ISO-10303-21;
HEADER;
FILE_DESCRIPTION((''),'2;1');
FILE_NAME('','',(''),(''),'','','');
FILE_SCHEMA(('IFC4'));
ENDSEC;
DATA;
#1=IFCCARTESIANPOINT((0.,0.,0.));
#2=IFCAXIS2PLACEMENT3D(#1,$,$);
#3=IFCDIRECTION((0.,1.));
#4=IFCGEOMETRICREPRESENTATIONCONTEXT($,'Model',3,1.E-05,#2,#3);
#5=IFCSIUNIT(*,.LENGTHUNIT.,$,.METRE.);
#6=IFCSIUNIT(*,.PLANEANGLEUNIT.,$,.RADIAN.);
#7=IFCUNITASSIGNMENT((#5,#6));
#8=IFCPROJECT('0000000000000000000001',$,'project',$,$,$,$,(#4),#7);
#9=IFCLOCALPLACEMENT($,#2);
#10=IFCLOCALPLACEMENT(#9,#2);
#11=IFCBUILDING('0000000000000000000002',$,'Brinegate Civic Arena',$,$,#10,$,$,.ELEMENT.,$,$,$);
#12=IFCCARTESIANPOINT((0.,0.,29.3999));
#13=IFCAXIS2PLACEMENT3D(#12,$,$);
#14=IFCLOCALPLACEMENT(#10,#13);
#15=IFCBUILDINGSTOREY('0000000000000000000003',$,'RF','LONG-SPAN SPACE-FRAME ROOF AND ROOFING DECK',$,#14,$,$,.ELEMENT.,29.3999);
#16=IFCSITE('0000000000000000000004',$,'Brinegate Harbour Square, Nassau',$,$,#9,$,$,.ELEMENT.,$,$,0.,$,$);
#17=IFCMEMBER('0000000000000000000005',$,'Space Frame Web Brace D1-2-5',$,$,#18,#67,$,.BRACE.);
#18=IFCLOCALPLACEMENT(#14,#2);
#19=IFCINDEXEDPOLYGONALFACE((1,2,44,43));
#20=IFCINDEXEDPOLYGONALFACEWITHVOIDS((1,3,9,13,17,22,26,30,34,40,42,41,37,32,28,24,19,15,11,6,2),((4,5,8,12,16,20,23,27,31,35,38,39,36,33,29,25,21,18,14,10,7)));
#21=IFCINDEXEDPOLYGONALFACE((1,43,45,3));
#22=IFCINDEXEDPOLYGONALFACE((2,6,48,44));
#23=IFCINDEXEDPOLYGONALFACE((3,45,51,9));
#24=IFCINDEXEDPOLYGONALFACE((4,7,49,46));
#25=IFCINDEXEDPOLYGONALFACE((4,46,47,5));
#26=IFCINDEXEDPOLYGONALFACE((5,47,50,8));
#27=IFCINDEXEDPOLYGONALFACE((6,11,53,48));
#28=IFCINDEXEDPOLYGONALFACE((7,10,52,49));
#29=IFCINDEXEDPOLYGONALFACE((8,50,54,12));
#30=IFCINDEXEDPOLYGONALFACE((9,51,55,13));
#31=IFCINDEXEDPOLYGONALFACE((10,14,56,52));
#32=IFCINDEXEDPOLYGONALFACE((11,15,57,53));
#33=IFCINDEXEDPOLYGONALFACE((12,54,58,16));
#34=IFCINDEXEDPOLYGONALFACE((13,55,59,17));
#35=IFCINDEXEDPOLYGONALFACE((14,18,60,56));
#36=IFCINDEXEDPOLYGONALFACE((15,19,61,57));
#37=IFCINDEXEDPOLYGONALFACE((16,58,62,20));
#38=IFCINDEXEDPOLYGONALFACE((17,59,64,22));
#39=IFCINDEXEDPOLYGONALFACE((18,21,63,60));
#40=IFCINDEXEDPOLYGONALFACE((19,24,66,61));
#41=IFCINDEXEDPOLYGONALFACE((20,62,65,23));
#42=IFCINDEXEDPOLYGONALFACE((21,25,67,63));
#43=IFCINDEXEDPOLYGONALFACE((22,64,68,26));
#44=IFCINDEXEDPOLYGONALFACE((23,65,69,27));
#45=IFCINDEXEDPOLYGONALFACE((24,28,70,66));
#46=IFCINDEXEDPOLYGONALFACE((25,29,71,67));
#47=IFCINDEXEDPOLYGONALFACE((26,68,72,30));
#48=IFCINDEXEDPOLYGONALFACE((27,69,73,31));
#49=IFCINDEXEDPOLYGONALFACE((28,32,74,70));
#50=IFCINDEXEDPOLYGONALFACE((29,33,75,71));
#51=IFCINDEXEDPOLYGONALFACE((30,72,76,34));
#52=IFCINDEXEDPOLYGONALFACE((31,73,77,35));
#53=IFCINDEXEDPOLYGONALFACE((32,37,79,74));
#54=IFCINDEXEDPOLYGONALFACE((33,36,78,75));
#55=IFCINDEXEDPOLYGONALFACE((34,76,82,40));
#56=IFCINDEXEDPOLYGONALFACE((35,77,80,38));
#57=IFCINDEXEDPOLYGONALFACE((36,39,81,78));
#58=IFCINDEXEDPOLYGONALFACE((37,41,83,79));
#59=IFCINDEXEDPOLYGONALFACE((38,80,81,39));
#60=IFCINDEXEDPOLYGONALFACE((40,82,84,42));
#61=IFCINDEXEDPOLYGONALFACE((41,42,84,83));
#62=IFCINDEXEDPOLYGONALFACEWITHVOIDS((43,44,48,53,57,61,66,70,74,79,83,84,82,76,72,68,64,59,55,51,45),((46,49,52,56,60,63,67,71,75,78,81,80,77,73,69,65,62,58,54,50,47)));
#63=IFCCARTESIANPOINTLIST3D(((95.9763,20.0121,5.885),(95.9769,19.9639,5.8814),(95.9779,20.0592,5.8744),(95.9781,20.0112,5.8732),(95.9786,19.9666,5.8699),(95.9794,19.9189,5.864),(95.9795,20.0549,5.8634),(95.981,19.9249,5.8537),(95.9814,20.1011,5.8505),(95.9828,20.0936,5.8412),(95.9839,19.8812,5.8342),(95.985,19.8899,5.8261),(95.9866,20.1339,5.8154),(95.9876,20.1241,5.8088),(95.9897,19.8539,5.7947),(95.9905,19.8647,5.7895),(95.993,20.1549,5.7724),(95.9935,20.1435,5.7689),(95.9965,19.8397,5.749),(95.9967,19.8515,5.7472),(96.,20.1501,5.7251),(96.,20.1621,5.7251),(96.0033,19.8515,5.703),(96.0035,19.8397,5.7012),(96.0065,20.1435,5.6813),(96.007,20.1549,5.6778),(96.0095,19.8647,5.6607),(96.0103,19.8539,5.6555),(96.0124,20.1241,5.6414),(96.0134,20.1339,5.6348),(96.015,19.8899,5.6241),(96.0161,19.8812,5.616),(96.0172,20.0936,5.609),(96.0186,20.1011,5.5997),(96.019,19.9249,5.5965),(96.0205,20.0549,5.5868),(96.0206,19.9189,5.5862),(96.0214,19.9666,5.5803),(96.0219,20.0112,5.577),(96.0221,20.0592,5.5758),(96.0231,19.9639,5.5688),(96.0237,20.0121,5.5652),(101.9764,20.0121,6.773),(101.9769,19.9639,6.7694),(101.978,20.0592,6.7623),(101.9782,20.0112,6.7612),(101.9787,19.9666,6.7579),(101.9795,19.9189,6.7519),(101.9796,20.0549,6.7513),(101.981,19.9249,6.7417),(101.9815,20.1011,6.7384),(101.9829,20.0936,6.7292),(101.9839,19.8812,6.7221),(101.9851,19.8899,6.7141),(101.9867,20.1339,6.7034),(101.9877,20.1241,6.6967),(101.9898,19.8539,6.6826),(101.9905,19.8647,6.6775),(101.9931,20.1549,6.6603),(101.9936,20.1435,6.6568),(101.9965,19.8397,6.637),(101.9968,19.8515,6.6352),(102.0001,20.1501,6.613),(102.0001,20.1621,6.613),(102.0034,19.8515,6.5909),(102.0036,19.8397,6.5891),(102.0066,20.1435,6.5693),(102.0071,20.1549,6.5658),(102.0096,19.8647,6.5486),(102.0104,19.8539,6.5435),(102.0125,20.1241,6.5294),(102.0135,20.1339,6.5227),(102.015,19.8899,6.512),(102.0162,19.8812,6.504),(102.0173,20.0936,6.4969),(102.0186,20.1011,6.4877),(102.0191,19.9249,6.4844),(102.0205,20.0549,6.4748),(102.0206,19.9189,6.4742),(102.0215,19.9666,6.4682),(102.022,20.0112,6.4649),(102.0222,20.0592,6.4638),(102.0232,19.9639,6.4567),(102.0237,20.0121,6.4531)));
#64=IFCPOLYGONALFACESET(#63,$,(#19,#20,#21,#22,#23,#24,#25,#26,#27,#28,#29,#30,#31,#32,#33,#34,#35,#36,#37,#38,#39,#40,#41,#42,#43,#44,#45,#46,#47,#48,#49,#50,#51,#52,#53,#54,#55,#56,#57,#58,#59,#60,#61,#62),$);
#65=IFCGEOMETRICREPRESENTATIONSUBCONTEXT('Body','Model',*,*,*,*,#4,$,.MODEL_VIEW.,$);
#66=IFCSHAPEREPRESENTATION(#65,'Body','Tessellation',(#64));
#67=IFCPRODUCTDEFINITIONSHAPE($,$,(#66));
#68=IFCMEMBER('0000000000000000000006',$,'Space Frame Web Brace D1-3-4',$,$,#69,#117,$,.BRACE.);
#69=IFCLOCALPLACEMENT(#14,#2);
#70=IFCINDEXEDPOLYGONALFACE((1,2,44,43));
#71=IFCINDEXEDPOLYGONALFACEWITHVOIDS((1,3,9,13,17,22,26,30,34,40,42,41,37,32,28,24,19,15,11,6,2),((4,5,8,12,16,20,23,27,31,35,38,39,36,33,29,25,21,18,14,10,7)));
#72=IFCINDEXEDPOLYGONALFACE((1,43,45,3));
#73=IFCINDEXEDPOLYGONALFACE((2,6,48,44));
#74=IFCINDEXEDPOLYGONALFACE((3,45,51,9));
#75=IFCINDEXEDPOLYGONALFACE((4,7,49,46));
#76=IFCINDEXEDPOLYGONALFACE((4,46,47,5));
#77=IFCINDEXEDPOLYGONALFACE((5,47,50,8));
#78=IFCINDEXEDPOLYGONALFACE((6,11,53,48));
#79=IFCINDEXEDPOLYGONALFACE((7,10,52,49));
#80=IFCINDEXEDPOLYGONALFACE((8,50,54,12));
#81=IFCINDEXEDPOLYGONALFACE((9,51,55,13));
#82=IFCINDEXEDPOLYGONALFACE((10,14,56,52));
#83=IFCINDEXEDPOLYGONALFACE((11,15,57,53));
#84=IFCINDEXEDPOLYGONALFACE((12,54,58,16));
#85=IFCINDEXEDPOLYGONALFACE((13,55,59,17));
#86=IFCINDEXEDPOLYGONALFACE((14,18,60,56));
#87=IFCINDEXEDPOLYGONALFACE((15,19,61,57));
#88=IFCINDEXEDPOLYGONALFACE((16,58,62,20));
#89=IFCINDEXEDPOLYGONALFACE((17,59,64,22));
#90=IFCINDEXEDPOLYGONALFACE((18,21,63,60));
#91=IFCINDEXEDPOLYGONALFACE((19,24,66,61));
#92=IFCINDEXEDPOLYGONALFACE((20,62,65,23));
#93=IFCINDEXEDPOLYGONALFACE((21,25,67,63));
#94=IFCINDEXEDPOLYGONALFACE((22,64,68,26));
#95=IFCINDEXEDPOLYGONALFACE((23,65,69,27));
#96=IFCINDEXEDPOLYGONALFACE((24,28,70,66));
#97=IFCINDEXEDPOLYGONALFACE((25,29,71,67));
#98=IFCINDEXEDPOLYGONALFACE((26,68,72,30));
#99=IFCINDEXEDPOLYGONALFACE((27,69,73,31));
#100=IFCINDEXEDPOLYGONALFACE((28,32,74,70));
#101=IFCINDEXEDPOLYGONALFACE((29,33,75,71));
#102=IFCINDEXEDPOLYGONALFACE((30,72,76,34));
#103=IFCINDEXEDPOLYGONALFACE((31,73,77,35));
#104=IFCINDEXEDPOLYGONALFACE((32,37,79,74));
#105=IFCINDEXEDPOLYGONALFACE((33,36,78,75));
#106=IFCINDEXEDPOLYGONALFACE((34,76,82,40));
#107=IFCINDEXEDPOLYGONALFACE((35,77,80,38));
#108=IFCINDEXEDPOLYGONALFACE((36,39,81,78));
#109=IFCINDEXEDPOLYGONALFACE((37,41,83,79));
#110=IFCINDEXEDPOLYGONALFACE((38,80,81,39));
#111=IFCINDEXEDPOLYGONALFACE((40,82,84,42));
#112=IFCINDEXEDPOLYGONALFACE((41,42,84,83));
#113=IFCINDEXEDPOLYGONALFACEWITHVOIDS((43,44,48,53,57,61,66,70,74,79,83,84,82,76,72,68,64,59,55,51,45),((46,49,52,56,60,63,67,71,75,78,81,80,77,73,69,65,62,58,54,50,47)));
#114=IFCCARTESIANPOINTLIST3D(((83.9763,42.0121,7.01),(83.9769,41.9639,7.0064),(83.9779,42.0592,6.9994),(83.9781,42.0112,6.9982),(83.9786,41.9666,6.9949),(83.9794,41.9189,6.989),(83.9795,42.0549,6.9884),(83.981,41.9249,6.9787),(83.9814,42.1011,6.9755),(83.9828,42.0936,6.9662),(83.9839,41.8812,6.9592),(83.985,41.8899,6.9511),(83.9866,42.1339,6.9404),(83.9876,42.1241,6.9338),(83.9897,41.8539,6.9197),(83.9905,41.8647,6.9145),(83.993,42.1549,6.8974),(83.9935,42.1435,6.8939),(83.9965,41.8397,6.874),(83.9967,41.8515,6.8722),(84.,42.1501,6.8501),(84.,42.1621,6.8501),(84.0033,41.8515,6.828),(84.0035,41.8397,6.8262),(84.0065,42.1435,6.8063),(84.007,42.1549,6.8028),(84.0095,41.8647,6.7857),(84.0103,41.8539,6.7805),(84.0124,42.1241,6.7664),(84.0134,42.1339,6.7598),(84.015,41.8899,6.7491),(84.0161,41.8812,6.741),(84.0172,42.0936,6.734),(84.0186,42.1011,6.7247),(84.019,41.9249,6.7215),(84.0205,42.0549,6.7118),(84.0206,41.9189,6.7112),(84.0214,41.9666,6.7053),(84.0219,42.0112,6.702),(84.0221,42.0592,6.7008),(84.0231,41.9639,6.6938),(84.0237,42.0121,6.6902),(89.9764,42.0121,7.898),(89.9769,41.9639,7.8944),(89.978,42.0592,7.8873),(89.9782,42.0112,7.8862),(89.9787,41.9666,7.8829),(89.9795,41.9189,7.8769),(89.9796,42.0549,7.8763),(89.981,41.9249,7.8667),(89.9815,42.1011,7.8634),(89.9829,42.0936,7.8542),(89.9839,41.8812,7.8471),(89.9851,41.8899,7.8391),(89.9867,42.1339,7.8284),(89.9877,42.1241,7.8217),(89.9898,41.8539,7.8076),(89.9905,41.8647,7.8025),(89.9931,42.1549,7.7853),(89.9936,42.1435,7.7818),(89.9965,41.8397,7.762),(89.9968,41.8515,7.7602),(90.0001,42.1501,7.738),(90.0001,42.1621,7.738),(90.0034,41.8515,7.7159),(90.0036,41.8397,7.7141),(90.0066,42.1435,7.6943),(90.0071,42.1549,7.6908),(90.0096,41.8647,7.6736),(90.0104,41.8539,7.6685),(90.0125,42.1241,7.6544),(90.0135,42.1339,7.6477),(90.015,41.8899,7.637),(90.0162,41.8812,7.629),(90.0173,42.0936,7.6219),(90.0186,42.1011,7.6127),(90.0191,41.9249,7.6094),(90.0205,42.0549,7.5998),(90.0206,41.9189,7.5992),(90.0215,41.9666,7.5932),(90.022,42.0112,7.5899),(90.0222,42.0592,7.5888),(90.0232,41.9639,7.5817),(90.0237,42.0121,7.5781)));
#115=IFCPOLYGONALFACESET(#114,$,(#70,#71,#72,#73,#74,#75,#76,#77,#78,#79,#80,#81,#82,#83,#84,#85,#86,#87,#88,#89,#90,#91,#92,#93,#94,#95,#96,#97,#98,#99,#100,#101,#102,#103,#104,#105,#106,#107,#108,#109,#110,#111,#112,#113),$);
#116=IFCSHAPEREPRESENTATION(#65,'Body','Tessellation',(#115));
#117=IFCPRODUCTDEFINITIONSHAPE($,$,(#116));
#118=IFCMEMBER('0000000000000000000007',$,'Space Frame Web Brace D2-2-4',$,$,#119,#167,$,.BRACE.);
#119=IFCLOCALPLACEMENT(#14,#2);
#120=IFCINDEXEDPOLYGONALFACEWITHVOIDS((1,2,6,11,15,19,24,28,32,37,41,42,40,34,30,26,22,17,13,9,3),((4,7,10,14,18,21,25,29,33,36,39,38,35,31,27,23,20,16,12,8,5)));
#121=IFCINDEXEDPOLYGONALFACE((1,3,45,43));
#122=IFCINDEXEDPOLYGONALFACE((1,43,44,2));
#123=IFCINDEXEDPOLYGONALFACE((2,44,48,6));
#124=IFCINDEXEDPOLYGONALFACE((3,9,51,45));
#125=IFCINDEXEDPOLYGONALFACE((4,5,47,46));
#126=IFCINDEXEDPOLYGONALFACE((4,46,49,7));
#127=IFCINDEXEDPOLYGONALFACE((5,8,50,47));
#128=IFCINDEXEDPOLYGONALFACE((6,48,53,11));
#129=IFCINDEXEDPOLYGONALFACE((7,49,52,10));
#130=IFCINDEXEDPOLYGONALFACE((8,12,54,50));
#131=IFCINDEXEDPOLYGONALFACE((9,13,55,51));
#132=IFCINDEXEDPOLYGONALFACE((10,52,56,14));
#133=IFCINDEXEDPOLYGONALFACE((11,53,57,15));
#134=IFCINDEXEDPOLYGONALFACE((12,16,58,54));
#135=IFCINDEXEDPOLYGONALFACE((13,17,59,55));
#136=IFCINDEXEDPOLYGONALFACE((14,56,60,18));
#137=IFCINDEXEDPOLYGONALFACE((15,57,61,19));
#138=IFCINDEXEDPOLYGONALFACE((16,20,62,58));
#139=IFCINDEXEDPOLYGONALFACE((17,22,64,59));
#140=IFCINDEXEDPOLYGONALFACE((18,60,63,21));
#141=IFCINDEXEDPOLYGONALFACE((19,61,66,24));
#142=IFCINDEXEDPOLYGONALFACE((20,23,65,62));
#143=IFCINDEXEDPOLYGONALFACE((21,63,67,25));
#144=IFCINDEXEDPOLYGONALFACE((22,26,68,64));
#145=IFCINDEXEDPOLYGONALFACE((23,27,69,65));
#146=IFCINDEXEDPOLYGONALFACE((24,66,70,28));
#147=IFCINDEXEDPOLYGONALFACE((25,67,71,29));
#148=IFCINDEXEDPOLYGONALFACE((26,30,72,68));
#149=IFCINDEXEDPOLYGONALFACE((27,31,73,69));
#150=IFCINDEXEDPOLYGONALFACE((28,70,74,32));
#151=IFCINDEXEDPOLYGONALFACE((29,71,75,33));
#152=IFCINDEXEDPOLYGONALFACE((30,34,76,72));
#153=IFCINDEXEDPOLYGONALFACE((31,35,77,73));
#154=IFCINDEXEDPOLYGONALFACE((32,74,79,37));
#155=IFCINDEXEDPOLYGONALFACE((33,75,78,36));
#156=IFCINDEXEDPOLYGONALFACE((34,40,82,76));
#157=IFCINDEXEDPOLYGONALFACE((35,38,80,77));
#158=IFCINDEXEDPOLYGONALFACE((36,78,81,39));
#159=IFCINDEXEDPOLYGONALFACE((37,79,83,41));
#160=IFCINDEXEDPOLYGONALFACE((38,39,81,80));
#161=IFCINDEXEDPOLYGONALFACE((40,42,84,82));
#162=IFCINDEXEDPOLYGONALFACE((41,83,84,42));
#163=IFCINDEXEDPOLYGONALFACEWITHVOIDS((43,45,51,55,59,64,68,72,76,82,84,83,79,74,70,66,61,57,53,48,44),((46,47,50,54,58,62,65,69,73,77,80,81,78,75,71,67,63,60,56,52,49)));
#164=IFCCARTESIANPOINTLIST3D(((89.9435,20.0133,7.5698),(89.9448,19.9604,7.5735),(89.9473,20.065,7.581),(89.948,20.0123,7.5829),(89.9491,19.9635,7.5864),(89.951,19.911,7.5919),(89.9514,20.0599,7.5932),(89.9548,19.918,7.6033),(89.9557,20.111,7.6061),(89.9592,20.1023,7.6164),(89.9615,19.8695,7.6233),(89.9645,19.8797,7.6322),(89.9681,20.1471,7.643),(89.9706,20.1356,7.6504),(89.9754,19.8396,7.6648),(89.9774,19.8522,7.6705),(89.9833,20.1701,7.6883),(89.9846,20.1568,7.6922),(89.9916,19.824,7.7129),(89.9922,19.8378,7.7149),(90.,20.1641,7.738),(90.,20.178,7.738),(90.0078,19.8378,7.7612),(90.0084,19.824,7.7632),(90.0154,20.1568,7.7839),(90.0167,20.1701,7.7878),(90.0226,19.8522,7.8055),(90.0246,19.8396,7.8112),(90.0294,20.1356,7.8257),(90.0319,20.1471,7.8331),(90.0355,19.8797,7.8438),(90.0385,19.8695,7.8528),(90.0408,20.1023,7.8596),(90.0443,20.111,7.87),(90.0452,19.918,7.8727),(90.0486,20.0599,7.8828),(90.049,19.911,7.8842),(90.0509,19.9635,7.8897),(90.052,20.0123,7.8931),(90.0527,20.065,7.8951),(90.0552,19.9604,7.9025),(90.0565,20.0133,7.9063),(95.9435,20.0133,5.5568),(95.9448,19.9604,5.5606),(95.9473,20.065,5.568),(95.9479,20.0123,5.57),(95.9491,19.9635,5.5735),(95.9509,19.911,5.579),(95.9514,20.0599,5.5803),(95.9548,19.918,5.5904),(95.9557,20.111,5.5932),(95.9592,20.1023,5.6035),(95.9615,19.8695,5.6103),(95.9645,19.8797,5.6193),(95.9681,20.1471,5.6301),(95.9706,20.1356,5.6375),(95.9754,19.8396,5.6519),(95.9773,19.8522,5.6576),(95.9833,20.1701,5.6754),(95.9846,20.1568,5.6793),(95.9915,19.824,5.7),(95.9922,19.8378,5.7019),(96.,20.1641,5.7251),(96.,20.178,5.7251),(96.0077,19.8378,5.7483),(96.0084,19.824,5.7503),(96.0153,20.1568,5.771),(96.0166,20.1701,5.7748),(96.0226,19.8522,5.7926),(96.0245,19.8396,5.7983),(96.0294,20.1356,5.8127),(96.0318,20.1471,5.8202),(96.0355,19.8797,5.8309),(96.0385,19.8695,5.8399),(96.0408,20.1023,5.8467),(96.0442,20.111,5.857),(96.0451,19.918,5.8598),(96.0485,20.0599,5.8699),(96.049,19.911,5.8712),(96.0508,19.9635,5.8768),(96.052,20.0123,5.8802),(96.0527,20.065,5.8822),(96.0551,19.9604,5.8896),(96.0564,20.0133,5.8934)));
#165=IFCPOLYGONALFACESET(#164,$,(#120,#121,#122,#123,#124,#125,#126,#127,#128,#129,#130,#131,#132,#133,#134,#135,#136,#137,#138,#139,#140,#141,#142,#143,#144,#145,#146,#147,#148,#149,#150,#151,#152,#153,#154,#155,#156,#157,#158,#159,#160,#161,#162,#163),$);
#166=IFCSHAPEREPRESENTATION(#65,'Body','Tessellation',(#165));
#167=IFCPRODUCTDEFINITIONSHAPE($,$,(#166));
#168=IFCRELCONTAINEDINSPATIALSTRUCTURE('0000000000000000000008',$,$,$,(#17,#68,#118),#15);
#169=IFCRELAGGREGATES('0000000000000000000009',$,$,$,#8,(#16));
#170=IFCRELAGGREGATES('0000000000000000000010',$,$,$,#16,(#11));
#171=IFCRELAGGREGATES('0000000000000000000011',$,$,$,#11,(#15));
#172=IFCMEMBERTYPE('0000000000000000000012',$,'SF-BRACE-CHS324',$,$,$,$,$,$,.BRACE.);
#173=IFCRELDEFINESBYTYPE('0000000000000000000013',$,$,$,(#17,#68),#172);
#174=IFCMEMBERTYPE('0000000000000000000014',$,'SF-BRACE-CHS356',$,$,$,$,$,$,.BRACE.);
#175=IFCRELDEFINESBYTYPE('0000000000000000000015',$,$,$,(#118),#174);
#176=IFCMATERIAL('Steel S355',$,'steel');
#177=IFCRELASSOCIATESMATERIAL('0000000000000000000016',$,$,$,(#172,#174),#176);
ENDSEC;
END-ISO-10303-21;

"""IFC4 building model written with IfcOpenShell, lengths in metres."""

from ifc_helpers import new_model, si_unit, direction, frame, origin, origin_2d, place, context, subcontext, project, spatial, hollow_circle, extrude, material, material_profile, profile_set, type_object, element, save


model = new_model("IFC4")

# Units and contexts
model_context = context("Model", 3, precision=1e-05, world=origin(), true_north=direction((0.0, 1.0)))
body_context = subcontext(model_context, "Body", "Model", "MODEL_VIEW")
ifc_project = project(units=[si_unit("LENGTHUNIT", "METRE"), si_unit("PLANEANGLEUNIT", "RADIAN")], contexts=[model_context])

# Site, building, storey
site_placement = place(None, origin())
site = spatial("IfcSite", under=ifc_project, at=site_placement, Name="Brinegate Harbour Square, Nassau", CompositionType="ELEMENT", RefElevation=0.0)
building_placement = place(site_placement, origin())
building = spatial("IfcBuilding", under=site, at=building_placement, Name="Brinegate Civic Arena", CompositionType="ELEMENT")
storey_placement = place(building_placement, frame((0.0, 0.0, 29.3999)))
storey = spatial("IfcBuildingStorey", under=building, at=storey_placement, Name="RF", Description="LONG-SPAN SPACE-FRAME ROOF AND ROOFING DECK", CompositionType="ELEMENT", Elevation=29.3999)

# Members
ifc_material = material(Name="Steel S355", Category="steel")
ifc_material_profile_1 = material_profile(ifc_material, hollow_circle(Radius=0.1621, WallThickness=0.012, at=origin_2d()), Name="CHS324X12")
ifc_profile_set_1 = profile_set([ifc_material_profile_1], Name="Steel S355")
member_type_1 = type_object("IfcMemberType", Name="SF-BRACE-CHS324", PredefinedType="BRACE", material=ifc_profile_set_1)
for number, where, z_axis, x_axis, name in (
    (1, (96.0, 20.0, 5.7251), (0.989226, 0.0, 0.146395), (0.0, 1.0, 0.0), "Space Frame Web Brace D1-2-5"),
    (2, (84.0, 42.0, 6.8501), (0.989226, 0.0, 0.146395), (0.0, 1.0, 0.0), "Space Frame Web Brace D1-3-4"),
):
    element("IfcMember", number, at=place(storey_placement, frame(where, z_axis=z_axis, x_axis=x_axis)), inside=storey, type_object=member_type_1, Name=name, PredefinedType="BRACE", context=body_context, shape_type="SweptSolid", body=[
        extrude(hollow_circle(Radius=0.1621, WallThickness=0.012, at=origin_2d()), origin(), (0.0, 0.0, 1.0), 6.0654),
    ])
ifc_material_profile_2 = material_profile(ifc_material, hollow_circle(Radius=0.178, WallThickness=0.0139, at=origin_2d()), Name="CHS356X14")
ifc_profile_set_2 = profile_set([ifc_material_profile_2], Name="Steel S355")
member_type_2 = type_object("IfcMemberType", Name="SF-BRACE-CHS356", PredefinedType="BRACE", material=ifc_profile_set_2)
member_1_placement = place(storey_placement, frame((90.0, 20.0, 7.738), z_axis=(0.948068, 0.0, -0.318067), x_axis=(0.0, 1.0, 0.0)))
element("IfcMember", 3, at=member_1_placement, inside=storey, type_object=member_type_2, Name="Space Frame Web Brace D2-2-4", PredefinedType="BRACE", context=body_context, shape_type="SweptSolid", body=[
    extrude(hollow_circle(Radius=0.178, WallThickness=0.0139, at=origin_2d()), origin(), (0.0, 0.0, 1.0), 6.3286),
])

save(model, "model.ifc")
